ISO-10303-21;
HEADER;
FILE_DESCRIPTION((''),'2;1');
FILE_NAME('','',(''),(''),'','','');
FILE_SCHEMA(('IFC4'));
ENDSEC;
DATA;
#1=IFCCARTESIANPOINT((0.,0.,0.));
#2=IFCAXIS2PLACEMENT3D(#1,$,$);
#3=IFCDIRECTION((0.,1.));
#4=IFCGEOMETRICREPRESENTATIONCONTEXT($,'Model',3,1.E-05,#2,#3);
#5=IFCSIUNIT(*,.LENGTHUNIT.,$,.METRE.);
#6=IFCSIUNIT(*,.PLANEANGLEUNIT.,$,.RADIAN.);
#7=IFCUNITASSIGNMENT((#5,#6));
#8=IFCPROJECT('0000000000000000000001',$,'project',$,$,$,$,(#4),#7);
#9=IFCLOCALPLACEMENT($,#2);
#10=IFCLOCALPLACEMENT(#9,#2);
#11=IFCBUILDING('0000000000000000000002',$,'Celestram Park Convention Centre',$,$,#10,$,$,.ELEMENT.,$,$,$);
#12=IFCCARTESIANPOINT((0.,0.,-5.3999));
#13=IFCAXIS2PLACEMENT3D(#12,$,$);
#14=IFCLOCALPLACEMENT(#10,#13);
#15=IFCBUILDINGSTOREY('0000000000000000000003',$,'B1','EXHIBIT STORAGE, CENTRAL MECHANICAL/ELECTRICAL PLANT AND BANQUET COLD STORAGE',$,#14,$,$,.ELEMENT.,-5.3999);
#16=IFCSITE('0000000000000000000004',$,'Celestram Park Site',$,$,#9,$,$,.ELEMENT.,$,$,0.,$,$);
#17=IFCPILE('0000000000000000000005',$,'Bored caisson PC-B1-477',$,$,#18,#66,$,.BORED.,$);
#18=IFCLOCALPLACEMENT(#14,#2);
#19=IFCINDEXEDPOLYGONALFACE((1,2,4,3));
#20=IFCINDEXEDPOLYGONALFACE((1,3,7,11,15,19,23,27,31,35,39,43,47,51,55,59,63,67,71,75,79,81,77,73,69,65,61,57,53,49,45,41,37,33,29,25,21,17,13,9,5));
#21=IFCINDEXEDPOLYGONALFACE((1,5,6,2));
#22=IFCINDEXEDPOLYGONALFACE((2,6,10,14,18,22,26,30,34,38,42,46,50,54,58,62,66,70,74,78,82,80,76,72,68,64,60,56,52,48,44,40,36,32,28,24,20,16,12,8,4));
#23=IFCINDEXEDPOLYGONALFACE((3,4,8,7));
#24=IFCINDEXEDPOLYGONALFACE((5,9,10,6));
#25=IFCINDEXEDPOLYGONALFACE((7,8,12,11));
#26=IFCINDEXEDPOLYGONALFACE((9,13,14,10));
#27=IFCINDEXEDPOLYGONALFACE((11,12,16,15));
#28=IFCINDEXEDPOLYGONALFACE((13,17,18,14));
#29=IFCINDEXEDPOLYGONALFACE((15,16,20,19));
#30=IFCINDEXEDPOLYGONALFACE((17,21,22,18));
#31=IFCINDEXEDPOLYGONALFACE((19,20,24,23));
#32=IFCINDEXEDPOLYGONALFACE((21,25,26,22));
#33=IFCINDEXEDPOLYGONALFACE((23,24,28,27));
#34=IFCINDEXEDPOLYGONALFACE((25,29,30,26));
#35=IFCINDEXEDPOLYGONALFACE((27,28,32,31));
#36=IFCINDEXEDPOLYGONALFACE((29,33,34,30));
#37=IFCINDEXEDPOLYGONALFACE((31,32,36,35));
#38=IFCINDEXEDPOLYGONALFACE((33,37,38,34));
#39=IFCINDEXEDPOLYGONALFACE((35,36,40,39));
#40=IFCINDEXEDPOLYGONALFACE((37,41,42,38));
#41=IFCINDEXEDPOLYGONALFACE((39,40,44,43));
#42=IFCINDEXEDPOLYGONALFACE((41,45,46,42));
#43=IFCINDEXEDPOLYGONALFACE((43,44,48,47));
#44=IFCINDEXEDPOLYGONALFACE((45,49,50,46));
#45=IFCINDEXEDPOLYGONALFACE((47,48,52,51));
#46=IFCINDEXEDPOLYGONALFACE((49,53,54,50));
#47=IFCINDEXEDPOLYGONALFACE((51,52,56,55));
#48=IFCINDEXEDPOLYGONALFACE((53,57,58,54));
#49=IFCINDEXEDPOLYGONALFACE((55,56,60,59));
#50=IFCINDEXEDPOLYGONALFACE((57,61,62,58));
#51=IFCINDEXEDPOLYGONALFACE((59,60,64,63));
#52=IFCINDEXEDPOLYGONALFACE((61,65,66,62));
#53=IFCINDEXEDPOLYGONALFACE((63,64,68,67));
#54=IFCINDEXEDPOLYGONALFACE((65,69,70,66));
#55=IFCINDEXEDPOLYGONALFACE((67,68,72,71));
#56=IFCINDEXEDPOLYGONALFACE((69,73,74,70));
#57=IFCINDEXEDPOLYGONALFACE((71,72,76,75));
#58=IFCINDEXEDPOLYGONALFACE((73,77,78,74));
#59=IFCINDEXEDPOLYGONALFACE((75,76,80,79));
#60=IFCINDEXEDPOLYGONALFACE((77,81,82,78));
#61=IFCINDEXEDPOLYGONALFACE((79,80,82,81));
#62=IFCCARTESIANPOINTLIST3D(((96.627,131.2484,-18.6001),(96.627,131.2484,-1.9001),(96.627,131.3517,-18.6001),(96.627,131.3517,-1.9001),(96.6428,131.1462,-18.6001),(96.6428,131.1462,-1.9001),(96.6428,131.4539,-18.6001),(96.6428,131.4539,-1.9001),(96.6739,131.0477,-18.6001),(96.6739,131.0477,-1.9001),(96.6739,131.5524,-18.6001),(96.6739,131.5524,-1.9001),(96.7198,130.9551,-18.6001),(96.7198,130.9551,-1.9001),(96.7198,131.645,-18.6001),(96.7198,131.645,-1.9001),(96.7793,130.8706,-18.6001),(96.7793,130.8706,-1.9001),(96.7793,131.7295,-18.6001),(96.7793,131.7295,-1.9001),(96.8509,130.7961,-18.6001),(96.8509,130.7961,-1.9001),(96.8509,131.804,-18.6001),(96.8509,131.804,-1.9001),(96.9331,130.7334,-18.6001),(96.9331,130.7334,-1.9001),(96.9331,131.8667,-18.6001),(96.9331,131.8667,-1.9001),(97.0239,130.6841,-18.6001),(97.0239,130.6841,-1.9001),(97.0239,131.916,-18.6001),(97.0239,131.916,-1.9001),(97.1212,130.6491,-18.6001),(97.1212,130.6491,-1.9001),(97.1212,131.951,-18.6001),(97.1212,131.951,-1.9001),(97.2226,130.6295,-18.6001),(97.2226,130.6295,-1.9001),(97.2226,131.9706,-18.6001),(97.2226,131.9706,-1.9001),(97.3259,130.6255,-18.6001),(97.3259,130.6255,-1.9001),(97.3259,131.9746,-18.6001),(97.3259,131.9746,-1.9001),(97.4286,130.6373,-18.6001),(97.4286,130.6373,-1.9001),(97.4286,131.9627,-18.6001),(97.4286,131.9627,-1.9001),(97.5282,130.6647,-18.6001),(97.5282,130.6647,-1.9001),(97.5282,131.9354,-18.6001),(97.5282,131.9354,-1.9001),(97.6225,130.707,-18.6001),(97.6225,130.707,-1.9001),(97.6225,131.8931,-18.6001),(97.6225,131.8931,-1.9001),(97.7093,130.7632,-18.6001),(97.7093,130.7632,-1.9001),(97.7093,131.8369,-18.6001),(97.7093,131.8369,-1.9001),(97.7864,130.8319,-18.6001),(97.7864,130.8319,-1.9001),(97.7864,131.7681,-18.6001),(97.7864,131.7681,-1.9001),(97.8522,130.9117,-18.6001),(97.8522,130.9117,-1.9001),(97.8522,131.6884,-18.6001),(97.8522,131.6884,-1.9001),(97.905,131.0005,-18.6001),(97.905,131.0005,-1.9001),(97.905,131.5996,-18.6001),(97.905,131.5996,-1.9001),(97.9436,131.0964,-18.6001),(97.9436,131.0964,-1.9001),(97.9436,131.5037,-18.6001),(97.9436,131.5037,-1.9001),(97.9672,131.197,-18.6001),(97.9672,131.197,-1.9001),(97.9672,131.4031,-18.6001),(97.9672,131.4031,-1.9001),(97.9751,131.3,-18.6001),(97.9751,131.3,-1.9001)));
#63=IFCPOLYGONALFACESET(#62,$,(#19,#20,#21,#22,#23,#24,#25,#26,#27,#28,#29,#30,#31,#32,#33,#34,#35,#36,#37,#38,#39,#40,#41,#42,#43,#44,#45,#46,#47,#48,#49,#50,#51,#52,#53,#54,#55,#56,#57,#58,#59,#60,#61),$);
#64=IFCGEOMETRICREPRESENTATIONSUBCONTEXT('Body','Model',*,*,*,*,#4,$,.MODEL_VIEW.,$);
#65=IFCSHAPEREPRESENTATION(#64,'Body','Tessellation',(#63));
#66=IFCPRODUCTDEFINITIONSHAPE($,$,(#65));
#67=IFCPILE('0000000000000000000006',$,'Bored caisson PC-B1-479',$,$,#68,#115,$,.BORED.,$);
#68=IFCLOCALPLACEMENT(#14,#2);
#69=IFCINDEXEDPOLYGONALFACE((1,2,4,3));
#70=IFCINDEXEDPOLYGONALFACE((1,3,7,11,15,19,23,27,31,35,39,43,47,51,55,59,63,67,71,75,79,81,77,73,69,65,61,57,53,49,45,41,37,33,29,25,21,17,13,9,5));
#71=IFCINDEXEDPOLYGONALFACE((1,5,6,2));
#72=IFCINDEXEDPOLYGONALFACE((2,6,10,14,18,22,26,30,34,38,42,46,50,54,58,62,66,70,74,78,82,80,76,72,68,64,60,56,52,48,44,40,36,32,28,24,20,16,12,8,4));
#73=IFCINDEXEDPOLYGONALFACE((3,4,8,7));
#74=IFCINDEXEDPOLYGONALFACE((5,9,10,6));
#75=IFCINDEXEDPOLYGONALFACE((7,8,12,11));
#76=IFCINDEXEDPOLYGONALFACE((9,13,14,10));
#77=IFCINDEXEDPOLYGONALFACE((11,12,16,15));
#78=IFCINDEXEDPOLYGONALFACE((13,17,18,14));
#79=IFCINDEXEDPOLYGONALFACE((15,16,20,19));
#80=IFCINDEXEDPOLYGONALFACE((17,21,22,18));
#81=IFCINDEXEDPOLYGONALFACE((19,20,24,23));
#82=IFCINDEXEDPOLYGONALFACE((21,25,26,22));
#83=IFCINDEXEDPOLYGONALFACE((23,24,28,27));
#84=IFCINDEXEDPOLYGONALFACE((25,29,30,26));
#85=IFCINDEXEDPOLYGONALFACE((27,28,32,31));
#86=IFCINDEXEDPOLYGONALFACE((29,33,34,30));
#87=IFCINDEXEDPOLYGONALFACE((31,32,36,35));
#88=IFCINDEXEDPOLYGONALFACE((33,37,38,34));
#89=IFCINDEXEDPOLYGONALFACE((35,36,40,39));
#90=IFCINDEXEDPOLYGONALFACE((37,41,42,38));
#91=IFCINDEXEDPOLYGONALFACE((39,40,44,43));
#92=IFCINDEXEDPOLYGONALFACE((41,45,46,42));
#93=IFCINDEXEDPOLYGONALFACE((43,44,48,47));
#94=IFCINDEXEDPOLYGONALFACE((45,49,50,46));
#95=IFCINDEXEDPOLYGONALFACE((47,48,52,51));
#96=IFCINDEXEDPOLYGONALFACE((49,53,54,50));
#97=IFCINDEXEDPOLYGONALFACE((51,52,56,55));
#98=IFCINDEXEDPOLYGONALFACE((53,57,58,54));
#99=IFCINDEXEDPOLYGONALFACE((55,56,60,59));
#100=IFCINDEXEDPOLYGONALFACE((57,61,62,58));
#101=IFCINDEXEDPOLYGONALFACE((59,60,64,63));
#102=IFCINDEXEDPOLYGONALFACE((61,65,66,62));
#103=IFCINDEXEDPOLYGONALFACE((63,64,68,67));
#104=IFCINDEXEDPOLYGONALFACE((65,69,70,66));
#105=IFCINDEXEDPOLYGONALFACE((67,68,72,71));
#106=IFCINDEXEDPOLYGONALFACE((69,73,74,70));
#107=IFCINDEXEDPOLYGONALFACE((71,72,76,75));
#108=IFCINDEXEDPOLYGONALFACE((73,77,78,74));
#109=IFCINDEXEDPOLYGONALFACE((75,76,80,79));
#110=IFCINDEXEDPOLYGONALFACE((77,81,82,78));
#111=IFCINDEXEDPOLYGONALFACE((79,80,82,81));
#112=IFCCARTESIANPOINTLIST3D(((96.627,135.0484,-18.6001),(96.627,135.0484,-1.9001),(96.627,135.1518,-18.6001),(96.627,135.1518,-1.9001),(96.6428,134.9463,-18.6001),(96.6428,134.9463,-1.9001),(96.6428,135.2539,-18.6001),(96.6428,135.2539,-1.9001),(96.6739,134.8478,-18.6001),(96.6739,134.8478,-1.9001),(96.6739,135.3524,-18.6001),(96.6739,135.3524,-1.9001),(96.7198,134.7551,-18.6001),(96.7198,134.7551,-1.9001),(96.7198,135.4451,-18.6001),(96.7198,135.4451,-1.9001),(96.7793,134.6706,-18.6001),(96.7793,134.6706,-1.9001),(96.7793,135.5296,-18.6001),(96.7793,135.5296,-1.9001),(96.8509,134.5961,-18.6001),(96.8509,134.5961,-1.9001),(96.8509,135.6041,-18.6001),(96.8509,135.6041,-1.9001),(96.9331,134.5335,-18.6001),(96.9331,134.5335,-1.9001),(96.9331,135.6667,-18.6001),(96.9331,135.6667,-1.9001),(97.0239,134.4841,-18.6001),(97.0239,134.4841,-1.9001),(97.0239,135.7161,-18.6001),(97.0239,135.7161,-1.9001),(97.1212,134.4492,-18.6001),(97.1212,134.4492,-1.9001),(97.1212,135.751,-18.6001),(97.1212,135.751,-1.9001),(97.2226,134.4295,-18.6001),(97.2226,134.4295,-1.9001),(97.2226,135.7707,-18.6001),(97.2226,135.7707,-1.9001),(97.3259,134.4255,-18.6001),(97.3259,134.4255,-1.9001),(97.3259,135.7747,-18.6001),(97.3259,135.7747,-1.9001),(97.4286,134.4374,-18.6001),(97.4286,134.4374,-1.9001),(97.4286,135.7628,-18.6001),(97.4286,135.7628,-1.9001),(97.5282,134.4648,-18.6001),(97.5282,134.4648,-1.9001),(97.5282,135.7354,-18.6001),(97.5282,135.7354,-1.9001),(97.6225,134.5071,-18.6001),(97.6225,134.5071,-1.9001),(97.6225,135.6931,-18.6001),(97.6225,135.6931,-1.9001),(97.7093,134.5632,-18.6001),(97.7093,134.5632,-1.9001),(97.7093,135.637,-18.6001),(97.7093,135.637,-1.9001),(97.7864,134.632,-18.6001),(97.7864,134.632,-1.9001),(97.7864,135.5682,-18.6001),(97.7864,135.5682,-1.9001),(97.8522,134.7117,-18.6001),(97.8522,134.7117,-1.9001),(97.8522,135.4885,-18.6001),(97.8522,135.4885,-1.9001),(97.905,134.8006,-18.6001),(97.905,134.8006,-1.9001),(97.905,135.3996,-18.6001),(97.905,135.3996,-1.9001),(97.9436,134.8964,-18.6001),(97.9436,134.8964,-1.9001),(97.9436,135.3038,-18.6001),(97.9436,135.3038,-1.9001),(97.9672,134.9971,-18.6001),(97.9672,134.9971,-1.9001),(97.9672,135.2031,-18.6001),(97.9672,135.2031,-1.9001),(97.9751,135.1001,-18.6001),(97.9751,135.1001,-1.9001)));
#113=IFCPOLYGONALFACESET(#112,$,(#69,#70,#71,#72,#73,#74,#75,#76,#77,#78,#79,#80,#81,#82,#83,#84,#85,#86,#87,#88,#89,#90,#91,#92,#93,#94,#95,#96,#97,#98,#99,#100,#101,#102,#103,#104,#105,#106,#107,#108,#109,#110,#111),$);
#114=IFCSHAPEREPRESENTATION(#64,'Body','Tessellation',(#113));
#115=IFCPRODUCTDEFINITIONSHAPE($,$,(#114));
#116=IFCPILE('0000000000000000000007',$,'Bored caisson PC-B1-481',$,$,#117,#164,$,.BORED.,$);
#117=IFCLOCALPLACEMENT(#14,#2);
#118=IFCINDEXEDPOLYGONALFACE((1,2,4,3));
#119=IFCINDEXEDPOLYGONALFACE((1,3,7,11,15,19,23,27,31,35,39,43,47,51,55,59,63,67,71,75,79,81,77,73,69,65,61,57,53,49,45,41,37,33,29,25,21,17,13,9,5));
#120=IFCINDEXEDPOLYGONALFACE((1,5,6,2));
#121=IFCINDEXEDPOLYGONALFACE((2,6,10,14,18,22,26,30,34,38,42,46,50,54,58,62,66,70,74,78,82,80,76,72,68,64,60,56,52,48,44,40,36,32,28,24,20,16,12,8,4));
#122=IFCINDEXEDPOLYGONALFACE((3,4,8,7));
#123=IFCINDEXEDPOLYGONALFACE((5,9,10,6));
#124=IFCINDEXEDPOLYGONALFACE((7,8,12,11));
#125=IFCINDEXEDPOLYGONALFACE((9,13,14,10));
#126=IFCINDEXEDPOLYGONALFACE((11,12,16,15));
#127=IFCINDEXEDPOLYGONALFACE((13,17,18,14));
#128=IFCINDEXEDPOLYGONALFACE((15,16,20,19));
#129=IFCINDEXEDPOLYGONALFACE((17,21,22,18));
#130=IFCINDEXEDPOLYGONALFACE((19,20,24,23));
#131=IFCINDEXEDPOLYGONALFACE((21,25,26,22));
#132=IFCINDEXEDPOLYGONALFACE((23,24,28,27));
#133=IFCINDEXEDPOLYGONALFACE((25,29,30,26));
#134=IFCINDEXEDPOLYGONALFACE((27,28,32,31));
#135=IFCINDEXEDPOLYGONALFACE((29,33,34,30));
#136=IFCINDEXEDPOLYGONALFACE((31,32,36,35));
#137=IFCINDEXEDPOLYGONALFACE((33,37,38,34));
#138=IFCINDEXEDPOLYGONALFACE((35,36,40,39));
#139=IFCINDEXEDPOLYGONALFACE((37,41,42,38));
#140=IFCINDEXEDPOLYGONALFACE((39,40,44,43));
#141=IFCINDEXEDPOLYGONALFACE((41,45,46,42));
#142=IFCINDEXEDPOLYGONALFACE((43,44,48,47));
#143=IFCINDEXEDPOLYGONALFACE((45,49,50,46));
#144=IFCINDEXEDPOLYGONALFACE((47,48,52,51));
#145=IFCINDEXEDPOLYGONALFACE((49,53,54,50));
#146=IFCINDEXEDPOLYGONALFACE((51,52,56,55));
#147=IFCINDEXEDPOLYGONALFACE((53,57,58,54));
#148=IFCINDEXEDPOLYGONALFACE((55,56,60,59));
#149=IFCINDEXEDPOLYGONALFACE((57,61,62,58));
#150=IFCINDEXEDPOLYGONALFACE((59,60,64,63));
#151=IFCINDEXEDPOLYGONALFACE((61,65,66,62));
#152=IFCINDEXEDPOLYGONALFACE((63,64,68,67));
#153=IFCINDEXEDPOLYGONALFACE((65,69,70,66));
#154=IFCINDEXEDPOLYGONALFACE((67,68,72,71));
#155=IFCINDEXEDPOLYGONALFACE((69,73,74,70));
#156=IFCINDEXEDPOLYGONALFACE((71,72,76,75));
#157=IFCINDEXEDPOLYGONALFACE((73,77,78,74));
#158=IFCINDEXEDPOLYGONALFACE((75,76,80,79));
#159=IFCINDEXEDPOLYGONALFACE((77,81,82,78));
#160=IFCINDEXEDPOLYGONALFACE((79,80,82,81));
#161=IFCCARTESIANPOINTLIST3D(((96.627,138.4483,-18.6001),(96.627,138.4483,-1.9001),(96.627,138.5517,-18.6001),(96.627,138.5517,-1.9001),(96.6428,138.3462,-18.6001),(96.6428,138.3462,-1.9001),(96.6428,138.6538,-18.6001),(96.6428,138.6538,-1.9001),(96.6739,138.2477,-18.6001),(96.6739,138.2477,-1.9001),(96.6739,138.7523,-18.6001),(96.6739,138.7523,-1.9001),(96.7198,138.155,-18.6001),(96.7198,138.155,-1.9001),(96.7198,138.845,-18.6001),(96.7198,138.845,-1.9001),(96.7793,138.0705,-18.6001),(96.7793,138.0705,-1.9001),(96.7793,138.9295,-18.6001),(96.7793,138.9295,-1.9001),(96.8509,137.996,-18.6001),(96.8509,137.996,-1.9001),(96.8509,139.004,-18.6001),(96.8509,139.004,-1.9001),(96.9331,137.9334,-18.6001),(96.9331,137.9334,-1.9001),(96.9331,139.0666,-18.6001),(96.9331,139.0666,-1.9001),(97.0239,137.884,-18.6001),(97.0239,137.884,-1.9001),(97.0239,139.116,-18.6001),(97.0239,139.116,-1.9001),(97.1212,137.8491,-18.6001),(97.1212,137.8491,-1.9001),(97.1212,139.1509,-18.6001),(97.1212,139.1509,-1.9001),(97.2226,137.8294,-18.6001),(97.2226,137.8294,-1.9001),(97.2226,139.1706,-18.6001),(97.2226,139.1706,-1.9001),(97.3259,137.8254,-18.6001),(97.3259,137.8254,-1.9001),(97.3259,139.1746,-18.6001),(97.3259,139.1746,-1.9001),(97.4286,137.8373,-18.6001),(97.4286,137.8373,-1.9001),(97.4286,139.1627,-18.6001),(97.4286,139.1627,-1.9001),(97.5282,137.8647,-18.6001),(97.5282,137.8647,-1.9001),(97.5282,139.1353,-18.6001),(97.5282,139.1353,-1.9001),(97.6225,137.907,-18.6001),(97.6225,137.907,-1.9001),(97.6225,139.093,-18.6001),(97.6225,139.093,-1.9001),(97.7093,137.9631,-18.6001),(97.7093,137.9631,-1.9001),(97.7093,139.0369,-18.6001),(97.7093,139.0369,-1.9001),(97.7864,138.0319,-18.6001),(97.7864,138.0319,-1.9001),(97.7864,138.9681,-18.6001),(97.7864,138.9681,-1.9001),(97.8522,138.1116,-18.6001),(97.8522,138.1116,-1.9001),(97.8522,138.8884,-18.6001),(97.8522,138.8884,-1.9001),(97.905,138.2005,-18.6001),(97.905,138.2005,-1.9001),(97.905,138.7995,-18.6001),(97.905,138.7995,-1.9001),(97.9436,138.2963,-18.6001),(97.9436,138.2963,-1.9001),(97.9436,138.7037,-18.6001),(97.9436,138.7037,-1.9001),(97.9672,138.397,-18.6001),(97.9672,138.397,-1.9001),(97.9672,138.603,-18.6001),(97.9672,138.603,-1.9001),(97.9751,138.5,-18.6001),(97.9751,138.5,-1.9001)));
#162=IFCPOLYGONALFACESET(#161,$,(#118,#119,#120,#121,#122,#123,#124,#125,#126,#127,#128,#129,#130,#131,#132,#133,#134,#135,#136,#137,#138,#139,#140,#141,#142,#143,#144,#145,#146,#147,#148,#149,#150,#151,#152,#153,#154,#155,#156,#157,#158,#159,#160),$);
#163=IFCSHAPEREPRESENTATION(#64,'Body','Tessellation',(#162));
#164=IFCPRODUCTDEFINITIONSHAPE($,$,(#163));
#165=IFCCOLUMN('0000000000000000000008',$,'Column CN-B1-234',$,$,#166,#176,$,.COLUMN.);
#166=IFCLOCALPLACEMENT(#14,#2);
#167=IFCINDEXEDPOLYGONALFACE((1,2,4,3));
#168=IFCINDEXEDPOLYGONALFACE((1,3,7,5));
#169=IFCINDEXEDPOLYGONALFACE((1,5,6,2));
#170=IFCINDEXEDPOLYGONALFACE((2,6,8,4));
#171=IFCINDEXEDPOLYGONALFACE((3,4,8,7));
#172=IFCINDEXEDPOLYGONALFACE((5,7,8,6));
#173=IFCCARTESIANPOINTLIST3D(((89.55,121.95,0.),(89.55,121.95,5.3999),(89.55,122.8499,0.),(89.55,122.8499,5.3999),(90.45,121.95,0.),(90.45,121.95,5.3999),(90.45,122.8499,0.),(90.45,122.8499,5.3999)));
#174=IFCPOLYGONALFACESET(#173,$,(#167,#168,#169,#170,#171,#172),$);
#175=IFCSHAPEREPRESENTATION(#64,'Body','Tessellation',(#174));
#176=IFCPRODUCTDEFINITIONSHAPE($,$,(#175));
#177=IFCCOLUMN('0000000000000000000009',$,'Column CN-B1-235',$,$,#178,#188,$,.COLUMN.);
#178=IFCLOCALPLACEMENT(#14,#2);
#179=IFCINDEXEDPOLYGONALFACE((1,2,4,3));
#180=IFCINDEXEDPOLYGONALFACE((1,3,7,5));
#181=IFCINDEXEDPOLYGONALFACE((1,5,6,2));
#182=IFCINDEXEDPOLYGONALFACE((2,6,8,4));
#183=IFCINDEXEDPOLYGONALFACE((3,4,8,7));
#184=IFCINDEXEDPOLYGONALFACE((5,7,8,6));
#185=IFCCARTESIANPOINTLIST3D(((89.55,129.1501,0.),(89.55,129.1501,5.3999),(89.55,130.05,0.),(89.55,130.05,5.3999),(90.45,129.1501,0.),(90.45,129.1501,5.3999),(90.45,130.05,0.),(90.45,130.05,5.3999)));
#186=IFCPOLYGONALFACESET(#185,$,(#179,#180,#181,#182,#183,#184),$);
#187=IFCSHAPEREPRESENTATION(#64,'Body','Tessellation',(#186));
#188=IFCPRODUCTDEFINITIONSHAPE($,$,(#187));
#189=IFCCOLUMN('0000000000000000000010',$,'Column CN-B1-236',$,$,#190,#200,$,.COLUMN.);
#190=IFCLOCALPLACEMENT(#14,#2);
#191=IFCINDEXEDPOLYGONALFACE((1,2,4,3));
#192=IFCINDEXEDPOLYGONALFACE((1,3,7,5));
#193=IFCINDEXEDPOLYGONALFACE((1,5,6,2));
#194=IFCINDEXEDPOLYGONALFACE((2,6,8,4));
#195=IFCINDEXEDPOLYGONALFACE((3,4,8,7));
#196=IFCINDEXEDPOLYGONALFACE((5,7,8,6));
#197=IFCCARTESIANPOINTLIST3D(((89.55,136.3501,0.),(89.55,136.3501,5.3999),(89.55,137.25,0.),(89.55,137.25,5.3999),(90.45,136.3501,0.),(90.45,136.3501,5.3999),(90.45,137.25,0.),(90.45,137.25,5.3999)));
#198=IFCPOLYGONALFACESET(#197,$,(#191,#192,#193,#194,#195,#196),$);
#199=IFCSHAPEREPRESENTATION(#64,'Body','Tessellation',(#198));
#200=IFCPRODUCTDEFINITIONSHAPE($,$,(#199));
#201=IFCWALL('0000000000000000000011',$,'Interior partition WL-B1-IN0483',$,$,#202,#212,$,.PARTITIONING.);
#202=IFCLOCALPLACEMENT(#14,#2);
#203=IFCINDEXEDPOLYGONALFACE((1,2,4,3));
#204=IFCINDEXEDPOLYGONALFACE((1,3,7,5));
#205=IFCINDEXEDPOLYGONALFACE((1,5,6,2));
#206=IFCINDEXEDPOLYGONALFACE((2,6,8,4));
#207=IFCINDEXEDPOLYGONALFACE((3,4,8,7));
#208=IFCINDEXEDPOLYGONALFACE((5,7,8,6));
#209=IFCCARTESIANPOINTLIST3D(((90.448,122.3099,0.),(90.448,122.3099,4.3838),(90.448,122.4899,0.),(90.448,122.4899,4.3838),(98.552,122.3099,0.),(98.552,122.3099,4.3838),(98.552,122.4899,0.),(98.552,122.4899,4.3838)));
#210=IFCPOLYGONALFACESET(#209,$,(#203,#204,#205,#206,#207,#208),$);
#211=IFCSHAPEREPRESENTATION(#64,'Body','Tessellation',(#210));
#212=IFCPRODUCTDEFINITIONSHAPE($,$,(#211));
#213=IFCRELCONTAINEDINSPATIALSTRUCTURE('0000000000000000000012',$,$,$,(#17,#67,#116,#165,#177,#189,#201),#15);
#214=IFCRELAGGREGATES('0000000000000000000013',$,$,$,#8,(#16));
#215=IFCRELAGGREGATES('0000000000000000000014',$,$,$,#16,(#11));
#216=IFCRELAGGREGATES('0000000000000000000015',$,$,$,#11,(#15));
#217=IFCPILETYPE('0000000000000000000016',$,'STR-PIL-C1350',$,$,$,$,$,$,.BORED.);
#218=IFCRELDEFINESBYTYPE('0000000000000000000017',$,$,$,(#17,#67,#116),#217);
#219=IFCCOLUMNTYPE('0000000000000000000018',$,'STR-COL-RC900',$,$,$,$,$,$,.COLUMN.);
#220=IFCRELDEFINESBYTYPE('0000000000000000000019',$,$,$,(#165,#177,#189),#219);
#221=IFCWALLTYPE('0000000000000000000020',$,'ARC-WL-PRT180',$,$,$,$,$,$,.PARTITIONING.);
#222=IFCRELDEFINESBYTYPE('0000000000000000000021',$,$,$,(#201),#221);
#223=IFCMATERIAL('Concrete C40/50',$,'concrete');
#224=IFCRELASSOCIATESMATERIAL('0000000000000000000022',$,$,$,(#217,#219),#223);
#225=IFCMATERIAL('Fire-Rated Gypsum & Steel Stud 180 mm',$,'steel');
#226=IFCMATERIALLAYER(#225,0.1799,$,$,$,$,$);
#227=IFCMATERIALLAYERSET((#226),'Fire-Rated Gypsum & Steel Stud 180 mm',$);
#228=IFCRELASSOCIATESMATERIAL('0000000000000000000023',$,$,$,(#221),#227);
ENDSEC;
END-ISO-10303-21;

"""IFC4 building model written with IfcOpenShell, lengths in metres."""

from ifc_helpers import new_model, si_unit, direction, frame, frame_2d, origin, origin_2d, place, context, subcontext, project, spatial, rectangle, circle, extrude, material, layer, layer_set, material_profile, profile_set, type_object, element, save


model = new_model("IFC4")

# Units and contexts
model_context = context("Model", 3, precision=1e-05, world=origin(), true_north=direction((0.0, 1.0)))
body_context = subcontext(model_context, "Body", "Model", "MODEL_VIEW")
ifc_project = project(units=[si_unit("LENGTHUNIT", "METRE"), si_unit("PLANEANGLEUNIT", "RADIAN")], contexts=[model_context])

# Site, building, storey
site_placement = place(None, origin())
site = spatial("IfcSite", under=ifc_project, at=site_placement, Name="Celestram Park Site", CompositionType="ELEMENT", RefElevation=0.0)
building_placement = place(site_placement, origin())
building = spatial("IfcBuilding", under=site, at=building_placement, Name="Celestram Park Convention Centre", CompositionType="ELEMENT")
storey_placement = place(building_placement, frame((0.0, 0.0, -5.3999)))
storey = spatial("IfcBuildingStorey", under=building, at=storey_placement, Name="B1", Description="EXHIBIT STORAGE, CENTRAL MECHANICAL/ELECTRICAL PLANT AND BANQUET COLD STORAGE", CompositionType="ELEMENT", Elevation=-5.3999)

# Shared definitions
ifc_material_1 = material(Name="Concrete C40/50", Category="concrete")

# Piles
ifc_material_profile_1 = material_profile(ifc_material_1, circle(Radius=0.675, at=origin_2d()), Name="CAISSON1350")
ifc_profile_set_1 = profile_set([ifc_material_profile_1], Name="Concrete C40/50")
pile_type_1 = type_object("IfcPileType", Name="STR-PIL-C1350", PredefinedType="BORED", material=ifc_profile_set_1)
for number, where, z_axis, x_axis, name in (
    (1, (97.3, 131.3, -1.9001), (0.0, 0.0, -1.0), (1.0, 0.0, 0.0), "Bored caisson PC-B1-477"),
    (2, (97.3, 135.1001, -1.9001), (0.0, 0.0, -1.0), (1.0, 0.0, 0.0), "Bored caisson PC-B1-479"),
    (3, (97.3, 138.5, -1.9001), (0.0, 0.0, -1.0), (1.0, 0.0, 0.0), "Bored caisson PC-B1-481"),
):
    element("IfcPile", number, at=place(storey_placement, frame(where, z_axis=z_axis, x_axis=x_axis)), inside=storey, type_object=pile_type_1, Name=name, PredefinedType="BORED", context=body_context, shape_type="SweptSolid", body=[
        extrude(circle(Radius=0.675, at=origin_2d()), origin(), (0.0, 0.0, 1.0), 16.7),
    ])

# Columns
ifc_material_profile_2 = material_profile(ifc_material_1, rectangle(XDim=0.8999, YDim=0.8999, at=origin_2d()), Name="RC900X900")
ifc_profile_set_2 = profile_set([ifc_material_profile_2], Name="Concrete C40/50")
column_type = type_object("IfcColumnType", Name="STR-COL-RC900", PredefinedType="COLUMN", material=ifc_profile_set_2)
for number, where, z_axis, x_axis, name in (
    (4, (90.0, 122.3999, 0.0), (0.0, 0.0, 1.0), (1.0, 0.0, 0.0), "Column CN-B1-234"),
    (5, (90.0, 129.6001, 0.0), (0.0, 0.0, 1.0), (1.0, 0.0, 0.0), "Column CN-B1-235"),
    (6, (90.0, 136.8, 0.0), (0.0, 0.0, 1.0), (1.0, 0.0, 0.0), "Column CN-B1-236"),
):
    element("IfcColumn", number, at=place(storey_placement, frame(where, z_axis=z_axis, x_axis=x_axis)), inside=storey, type_object=column_type, Name=name, PredefinedType="COLUMN", context=body_context, shape_type="SweptSolid", body=[
        extrude(rectangle(XDim=0.8999, YDim=0.8999, at=origin_2d()), origin(), (0.0, 0.0, 1.0), 5.3999),
    ])

# Wall
ifc_material_2 = material(Name="Fire-Rated Gypsum & Steel Stud 180 mm", Category="steel")
ifc_layer = layer(ifc_material_2, 0.1799)
ifc_layer_set = layer_set([ifc_layer], Name="Fire-Rated Gypsum & Steel Stud 180 mm")
wall_type = type_object("IfcWallType", Name="ARC-WL-PRT180", PredefinedType="PARTITIONING", material=ifc_layer_set)
wall_1_placement = place(storey_placement, frame((90.448, 122.3999, 0.0), z_axis=(0.0, 0.0, 1.0), x_axis=(1.0, 0.0, 0.0)))
element("IfcWall", 7, at=wall_1_placement, inside=storey, type_object=wall_type, Name="Interior partition WL-B1-IN0483", PredefinedType="PARTITIONING", context=body_context, shape_type="SweptSolid", body=[
    extrude(rectangle(XDim=8.104, YDim=0.1799, at=frame_2d((4.052, 0.0))), origin(), (0.0, 0.0, 1.0), 4.3838),
])

save(model, "model.ifc")
